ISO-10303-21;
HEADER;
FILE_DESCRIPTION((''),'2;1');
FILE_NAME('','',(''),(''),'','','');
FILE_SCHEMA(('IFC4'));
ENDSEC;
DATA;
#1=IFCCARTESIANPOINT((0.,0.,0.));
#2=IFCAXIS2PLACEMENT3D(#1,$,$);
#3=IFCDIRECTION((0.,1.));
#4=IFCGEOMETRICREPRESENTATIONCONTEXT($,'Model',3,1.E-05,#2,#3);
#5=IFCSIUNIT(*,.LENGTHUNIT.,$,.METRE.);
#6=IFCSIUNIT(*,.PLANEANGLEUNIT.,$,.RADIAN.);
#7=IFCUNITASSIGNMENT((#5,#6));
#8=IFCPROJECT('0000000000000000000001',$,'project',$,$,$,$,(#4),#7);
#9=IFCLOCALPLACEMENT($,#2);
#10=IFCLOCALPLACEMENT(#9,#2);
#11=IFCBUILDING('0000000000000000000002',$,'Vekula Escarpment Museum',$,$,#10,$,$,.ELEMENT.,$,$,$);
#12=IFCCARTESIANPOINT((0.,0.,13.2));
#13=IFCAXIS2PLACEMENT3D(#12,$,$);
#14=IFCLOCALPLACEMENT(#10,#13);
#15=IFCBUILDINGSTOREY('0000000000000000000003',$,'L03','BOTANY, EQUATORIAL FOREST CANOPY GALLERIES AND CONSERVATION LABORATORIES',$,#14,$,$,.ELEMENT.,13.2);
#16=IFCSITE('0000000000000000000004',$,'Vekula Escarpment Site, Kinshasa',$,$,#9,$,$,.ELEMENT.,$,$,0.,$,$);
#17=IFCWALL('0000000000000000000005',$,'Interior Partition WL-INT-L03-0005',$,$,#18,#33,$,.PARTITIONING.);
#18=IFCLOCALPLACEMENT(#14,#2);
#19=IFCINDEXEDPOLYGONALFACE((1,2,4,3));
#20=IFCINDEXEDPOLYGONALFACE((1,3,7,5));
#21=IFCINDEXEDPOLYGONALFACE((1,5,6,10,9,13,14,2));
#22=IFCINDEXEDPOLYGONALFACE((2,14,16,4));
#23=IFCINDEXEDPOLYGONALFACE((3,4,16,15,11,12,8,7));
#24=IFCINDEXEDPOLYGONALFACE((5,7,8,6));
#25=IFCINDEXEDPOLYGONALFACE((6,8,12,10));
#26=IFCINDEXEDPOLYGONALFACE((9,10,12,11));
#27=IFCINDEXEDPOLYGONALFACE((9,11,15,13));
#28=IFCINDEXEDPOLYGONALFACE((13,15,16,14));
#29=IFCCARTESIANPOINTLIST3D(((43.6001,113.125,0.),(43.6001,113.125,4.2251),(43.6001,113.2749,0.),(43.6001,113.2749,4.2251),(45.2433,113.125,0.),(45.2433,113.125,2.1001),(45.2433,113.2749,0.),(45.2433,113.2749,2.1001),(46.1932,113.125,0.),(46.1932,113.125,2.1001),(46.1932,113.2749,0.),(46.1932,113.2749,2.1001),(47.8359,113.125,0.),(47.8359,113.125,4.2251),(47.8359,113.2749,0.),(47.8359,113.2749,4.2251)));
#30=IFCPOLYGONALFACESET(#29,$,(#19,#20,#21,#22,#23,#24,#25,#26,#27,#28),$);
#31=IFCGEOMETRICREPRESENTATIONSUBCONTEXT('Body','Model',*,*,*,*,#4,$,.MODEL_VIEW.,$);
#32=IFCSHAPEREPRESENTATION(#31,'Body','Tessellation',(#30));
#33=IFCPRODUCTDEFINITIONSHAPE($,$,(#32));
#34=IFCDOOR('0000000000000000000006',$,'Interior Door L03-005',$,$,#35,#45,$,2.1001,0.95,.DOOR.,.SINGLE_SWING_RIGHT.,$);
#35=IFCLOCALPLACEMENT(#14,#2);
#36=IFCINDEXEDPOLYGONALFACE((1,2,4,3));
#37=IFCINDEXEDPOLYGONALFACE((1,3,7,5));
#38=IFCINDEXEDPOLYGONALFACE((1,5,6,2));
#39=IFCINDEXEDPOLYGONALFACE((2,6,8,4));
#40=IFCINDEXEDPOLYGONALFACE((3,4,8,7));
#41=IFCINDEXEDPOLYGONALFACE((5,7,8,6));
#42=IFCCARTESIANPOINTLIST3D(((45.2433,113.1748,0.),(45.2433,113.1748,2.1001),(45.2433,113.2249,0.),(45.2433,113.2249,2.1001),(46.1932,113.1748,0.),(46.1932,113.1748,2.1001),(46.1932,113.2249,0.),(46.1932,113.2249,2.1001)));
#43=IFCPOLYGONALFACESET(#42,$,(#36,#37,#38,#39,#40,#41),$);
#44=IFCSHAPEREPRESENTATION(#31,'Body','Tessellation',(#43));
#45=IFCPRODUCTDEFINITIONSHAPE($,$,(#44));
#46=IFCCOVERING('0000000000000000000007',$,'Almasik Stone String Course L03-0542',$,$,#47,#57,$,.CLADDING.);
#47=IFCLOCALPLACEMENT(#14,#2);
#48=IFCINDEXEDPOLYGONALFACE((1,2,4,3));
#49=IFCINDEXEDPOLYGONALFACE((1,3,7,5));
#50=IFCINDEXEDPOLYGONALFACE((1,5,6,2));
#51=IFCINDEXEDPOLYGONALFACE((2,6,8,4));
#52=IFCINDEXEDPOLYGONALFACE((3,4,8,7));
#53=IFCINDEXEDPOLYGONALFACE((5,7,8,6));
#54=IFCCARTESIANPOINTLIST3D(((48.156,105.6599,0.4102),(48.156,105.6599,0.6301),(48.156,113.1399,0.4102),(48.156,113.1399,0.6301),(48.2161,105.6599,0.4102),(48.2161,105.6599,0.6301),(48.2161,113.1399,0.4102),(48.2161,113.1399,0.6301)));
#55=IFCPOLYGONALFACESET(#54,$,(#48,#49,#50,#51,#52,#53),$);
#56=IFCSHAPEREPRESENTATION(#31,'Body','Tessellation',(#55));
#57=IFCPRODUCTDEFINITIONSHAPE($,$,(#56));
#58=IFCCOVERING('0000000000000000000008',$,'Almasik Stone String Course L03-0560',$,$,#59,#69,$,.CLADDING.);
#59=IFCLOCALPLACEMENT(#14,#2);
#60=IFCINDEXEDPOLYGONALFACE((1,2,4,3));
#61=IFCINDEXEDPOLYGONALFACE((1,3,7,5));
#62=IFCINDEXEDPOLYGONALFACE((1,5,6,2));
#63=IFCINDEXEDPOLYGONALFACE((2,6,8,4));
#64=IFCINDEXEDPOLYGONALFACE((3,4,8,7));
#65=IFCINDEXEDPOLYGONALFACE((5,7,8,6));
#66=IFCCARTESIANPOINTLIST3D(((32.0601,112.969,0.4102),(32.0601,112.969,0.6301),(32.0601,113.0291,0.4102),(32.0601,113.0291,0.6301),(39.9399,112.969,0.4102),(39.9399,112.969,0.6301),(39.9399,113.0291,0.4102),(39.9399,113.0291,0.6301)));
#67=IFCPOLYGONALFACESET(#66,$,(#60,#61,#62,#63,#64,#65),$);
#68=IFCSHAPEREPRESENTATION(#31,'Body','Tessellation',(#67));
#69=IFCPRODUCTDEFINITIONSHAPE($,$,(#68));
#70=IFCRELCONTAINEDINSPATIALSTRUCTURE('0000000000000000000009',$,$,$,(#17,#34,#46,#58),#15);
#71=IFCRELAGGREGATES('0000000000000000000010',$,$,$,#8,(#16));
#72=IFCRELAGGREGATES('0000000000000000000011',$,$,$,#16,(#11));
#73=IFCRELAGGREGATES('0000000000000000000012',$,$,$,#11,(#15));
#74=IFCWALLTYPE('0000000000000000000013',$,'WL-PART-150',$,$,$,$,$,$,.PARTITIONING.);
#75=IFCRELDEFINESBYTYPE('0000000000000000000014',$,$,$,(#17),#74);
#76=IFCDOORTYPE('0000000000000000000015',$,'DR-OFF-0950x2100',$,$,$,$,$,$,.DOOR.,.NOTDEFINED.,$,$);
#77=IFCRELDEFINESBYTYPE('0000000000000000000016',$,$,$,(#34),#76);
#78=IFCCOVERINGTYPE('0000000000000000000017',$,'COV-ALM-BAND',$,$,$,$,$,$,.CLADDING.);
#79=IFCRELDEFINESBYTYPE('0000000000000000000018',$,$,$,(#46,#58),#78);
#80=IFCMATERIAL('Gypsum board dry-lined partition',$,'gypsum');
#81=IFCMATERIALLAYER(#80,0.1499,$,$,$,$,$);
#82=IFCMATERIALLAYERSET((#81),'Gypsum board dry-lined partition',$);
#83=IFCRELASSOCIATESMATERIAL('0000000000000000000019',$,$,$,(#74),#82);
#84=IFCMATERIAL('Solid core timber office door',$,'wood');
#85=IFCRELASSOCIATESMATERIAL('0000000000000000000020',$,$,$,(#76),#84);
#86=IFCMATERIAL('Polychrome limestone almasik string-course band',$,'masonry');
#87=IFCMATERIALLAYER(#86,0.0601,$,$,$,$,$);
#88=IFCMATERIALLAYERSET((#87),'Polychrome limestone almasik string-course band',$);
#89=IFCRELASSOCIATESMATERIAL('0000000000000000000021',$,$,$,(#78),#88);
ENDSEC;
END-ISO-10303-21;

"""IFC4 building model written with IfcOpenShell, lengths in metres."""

from ifc_helpers import new_model, si_unit, direction, frame, frame_2d, origin, origin_2d, place, context, subcontext, project, spatial, rectangle, extrude, material, layer, layer_set, type_object, element, fill, save


model = new_model("IFC4")

# Units and contexts
model_context = context("Model", 3, precision=1e-05, world=origin(), true_north=direction((0.0, 1.0)))
body_context = subcontext(model_context, "Body", "Model", "MODEL_VIEW")
ifc_project = project(units=[si_unit("LENGTHUNIT", "METRE"), si_unit("PLANEANGLEUNIT", "RADIAN")], contexts=[model_context])

# Site, building, storey
site_placement = place(None, origin())
site = spatial("IfcSite", under=ifc_project, at=site_placement, Name="Vekula Escarpment Site, Kinshasa", CompositionType="ELEMENT", RefElevation=0.0)
building_placement = place(site_placement, origin())
building = spatial("IfcBuilding", under=site, at=building_placement, Name="Vekula Escarpment Museum", CompositionType="ELEMENT")
storey_placement = place(building_placement, frame((0.0, 0.0, 13.2)))
storey = spatial("IfcBuildingStorey", under=building, at=storey_placement, Name="L03", Description="BOTANY, EQUATORIAL FOREST CANOPY GALLERIES AND CONSERVATION LABORATORIES", CompositionType="ELEMENT", Elevation=13.2)

# Wall, opening, door
ifc_material_1 = material(Name="Gypsum board dry-lined partition", Category="gypsum")
ifc_layer_1 = layer(ifc_material_1, 0.1499)
ifc_layer_set_1 = layer_set([ifc_layer_1], Name="Gypsum board dry-lined partition")
wall_type_1 = type_object("IfcWallType", Name="WL-PART-150", PredefinedType="PARTITIONING", material=ifc_layer_set_1)
wall_1_placement = place(storey_placement, frame((43.6001, 113.2, 0.0), z_axis=(0.0, 0.0, 1.0), x_axis=(1.0, 0.0, 0.0)))
wall_1 = element("IfcWall", 1, at=wall_1_placement, inside=storey, type_object=wall_type_1, Name="Interior Partition WL-INT-L03-0005", PredefinedType="PARTITIONING", context=body_context, shape_type="SweptSolid", body=[
    extrude(rectangle(XDim=4.2358, YDim=0.1499, at=frame_2d((2.1179, 0.0))), origin(), (0.0, 0.0, 1.0), 4.2251),
])
opening_1_placement = place(wall_1_placement, frame((1.6431, 0.0, 0.0)))
opening_1 = element("IfcOpeningElement", 2, at=opening_1_placement, cuts=wall_1, PredefinedType="OPENING", context=body_context, shape_type="SweptSolid", body=[
    extrude(rectangle(XDim=0.95, YDim=2.1001, at=frame_2d((0.4751, 1.05))), frame((0.0, 0.085, 0.0), z_axis=(0.0, -1.0, 0.0), x_axis=(1.0, 0.0, 0.0)), (0.0, 0.0, 1.0), 0.1699),
])
ifc_material_2 = material(Name="Solid core timber office door", Category="wood")
door_type = type_object("IfcDoorType", Name="DR-OFF-0950x2100", OperationType="NOTDEFINED", PredefinedType="DOOR", material=ifc_material_2)
door_placement = place(opening_1_placement, origin())
door = element("IfcDoor", 3, at=door_placement, inside=storey, type_object=door_type, Name="Interior Door L03-005", OperationType="SINGLE_SWING_RIGHT", OverallHeight=2.1001, OverallWidth=0.95, PredefinedType="DOOR", context=body_context, shape_type="SweptSolid", body=[
    extrude(rectangle(XDim=0.95, YDim=2.1001, at=frame_2d((0.4751, 1.05))), frame((0.0, 0.0249, 0.0), z_axis=(0.0, -1.0, 0.0), x_axis=(1.0, 0.0, 0.0)), (0.0, 0.0, 1.0), 0.05),
])
fill(opening_1, door)

# Coverings
ifc_material_3 = material(Name="Polychrome limestone almasik string-course band", Category="masonry")
ifc_layer_2 = layer(ifc_material_3, 0.0601)
ifc_layer_set_2 = layer_set([ifc_layer_2], Name="Polychrome limestone almasik string-course band")
covering_type = type_object("IfcCoveringType", Name="COV-ALM-BAND", PredefinedType="CLADDING", material=ifc_layer_set_2)
covering_1_placement = place(storey_placement, frame((48.186, 109.3999, 0.4102), z_axis=(0.0, 0.0, 1.0), x_axis=(0.0, 1.0, 0.0)))
element("IfcCovering", 4, at=covering_1_placement, inside=storey, type_object=covering_type, Name="Almasik Stone String Course L03-0542", PredefinedType="CLADDING", context=body_context, shape_type="SweptSolid", body=[
    extrude(rectangle(XDim=7.48, YDim=0.0601, at=origin_2d()), origin(), (0.0, 0.0, 1.0), 0.22),
])
covering_2_placement = place(storey_placement, frame((36.0, 112.999, 0.4102), z_axis=(0.0, 0.0, 1.0), x_axis=(1.0, 0.0, 0.0)))
element("IfcCovering", 5, at=covering_2_placement, inside=storey, type_object=covering_type, Name="Almasik Stone String Course L03-0560", PredefinedType="CLADDING", context=body_context, shape_type="SweptSolid", body=[
    extrude(rectangle(XDim=7.8799, YDim=0.0601, at=origin_2d()), origin(), (0.0, 0.0, 1.0), 0.22),
])

save(model, "model.ifc")
